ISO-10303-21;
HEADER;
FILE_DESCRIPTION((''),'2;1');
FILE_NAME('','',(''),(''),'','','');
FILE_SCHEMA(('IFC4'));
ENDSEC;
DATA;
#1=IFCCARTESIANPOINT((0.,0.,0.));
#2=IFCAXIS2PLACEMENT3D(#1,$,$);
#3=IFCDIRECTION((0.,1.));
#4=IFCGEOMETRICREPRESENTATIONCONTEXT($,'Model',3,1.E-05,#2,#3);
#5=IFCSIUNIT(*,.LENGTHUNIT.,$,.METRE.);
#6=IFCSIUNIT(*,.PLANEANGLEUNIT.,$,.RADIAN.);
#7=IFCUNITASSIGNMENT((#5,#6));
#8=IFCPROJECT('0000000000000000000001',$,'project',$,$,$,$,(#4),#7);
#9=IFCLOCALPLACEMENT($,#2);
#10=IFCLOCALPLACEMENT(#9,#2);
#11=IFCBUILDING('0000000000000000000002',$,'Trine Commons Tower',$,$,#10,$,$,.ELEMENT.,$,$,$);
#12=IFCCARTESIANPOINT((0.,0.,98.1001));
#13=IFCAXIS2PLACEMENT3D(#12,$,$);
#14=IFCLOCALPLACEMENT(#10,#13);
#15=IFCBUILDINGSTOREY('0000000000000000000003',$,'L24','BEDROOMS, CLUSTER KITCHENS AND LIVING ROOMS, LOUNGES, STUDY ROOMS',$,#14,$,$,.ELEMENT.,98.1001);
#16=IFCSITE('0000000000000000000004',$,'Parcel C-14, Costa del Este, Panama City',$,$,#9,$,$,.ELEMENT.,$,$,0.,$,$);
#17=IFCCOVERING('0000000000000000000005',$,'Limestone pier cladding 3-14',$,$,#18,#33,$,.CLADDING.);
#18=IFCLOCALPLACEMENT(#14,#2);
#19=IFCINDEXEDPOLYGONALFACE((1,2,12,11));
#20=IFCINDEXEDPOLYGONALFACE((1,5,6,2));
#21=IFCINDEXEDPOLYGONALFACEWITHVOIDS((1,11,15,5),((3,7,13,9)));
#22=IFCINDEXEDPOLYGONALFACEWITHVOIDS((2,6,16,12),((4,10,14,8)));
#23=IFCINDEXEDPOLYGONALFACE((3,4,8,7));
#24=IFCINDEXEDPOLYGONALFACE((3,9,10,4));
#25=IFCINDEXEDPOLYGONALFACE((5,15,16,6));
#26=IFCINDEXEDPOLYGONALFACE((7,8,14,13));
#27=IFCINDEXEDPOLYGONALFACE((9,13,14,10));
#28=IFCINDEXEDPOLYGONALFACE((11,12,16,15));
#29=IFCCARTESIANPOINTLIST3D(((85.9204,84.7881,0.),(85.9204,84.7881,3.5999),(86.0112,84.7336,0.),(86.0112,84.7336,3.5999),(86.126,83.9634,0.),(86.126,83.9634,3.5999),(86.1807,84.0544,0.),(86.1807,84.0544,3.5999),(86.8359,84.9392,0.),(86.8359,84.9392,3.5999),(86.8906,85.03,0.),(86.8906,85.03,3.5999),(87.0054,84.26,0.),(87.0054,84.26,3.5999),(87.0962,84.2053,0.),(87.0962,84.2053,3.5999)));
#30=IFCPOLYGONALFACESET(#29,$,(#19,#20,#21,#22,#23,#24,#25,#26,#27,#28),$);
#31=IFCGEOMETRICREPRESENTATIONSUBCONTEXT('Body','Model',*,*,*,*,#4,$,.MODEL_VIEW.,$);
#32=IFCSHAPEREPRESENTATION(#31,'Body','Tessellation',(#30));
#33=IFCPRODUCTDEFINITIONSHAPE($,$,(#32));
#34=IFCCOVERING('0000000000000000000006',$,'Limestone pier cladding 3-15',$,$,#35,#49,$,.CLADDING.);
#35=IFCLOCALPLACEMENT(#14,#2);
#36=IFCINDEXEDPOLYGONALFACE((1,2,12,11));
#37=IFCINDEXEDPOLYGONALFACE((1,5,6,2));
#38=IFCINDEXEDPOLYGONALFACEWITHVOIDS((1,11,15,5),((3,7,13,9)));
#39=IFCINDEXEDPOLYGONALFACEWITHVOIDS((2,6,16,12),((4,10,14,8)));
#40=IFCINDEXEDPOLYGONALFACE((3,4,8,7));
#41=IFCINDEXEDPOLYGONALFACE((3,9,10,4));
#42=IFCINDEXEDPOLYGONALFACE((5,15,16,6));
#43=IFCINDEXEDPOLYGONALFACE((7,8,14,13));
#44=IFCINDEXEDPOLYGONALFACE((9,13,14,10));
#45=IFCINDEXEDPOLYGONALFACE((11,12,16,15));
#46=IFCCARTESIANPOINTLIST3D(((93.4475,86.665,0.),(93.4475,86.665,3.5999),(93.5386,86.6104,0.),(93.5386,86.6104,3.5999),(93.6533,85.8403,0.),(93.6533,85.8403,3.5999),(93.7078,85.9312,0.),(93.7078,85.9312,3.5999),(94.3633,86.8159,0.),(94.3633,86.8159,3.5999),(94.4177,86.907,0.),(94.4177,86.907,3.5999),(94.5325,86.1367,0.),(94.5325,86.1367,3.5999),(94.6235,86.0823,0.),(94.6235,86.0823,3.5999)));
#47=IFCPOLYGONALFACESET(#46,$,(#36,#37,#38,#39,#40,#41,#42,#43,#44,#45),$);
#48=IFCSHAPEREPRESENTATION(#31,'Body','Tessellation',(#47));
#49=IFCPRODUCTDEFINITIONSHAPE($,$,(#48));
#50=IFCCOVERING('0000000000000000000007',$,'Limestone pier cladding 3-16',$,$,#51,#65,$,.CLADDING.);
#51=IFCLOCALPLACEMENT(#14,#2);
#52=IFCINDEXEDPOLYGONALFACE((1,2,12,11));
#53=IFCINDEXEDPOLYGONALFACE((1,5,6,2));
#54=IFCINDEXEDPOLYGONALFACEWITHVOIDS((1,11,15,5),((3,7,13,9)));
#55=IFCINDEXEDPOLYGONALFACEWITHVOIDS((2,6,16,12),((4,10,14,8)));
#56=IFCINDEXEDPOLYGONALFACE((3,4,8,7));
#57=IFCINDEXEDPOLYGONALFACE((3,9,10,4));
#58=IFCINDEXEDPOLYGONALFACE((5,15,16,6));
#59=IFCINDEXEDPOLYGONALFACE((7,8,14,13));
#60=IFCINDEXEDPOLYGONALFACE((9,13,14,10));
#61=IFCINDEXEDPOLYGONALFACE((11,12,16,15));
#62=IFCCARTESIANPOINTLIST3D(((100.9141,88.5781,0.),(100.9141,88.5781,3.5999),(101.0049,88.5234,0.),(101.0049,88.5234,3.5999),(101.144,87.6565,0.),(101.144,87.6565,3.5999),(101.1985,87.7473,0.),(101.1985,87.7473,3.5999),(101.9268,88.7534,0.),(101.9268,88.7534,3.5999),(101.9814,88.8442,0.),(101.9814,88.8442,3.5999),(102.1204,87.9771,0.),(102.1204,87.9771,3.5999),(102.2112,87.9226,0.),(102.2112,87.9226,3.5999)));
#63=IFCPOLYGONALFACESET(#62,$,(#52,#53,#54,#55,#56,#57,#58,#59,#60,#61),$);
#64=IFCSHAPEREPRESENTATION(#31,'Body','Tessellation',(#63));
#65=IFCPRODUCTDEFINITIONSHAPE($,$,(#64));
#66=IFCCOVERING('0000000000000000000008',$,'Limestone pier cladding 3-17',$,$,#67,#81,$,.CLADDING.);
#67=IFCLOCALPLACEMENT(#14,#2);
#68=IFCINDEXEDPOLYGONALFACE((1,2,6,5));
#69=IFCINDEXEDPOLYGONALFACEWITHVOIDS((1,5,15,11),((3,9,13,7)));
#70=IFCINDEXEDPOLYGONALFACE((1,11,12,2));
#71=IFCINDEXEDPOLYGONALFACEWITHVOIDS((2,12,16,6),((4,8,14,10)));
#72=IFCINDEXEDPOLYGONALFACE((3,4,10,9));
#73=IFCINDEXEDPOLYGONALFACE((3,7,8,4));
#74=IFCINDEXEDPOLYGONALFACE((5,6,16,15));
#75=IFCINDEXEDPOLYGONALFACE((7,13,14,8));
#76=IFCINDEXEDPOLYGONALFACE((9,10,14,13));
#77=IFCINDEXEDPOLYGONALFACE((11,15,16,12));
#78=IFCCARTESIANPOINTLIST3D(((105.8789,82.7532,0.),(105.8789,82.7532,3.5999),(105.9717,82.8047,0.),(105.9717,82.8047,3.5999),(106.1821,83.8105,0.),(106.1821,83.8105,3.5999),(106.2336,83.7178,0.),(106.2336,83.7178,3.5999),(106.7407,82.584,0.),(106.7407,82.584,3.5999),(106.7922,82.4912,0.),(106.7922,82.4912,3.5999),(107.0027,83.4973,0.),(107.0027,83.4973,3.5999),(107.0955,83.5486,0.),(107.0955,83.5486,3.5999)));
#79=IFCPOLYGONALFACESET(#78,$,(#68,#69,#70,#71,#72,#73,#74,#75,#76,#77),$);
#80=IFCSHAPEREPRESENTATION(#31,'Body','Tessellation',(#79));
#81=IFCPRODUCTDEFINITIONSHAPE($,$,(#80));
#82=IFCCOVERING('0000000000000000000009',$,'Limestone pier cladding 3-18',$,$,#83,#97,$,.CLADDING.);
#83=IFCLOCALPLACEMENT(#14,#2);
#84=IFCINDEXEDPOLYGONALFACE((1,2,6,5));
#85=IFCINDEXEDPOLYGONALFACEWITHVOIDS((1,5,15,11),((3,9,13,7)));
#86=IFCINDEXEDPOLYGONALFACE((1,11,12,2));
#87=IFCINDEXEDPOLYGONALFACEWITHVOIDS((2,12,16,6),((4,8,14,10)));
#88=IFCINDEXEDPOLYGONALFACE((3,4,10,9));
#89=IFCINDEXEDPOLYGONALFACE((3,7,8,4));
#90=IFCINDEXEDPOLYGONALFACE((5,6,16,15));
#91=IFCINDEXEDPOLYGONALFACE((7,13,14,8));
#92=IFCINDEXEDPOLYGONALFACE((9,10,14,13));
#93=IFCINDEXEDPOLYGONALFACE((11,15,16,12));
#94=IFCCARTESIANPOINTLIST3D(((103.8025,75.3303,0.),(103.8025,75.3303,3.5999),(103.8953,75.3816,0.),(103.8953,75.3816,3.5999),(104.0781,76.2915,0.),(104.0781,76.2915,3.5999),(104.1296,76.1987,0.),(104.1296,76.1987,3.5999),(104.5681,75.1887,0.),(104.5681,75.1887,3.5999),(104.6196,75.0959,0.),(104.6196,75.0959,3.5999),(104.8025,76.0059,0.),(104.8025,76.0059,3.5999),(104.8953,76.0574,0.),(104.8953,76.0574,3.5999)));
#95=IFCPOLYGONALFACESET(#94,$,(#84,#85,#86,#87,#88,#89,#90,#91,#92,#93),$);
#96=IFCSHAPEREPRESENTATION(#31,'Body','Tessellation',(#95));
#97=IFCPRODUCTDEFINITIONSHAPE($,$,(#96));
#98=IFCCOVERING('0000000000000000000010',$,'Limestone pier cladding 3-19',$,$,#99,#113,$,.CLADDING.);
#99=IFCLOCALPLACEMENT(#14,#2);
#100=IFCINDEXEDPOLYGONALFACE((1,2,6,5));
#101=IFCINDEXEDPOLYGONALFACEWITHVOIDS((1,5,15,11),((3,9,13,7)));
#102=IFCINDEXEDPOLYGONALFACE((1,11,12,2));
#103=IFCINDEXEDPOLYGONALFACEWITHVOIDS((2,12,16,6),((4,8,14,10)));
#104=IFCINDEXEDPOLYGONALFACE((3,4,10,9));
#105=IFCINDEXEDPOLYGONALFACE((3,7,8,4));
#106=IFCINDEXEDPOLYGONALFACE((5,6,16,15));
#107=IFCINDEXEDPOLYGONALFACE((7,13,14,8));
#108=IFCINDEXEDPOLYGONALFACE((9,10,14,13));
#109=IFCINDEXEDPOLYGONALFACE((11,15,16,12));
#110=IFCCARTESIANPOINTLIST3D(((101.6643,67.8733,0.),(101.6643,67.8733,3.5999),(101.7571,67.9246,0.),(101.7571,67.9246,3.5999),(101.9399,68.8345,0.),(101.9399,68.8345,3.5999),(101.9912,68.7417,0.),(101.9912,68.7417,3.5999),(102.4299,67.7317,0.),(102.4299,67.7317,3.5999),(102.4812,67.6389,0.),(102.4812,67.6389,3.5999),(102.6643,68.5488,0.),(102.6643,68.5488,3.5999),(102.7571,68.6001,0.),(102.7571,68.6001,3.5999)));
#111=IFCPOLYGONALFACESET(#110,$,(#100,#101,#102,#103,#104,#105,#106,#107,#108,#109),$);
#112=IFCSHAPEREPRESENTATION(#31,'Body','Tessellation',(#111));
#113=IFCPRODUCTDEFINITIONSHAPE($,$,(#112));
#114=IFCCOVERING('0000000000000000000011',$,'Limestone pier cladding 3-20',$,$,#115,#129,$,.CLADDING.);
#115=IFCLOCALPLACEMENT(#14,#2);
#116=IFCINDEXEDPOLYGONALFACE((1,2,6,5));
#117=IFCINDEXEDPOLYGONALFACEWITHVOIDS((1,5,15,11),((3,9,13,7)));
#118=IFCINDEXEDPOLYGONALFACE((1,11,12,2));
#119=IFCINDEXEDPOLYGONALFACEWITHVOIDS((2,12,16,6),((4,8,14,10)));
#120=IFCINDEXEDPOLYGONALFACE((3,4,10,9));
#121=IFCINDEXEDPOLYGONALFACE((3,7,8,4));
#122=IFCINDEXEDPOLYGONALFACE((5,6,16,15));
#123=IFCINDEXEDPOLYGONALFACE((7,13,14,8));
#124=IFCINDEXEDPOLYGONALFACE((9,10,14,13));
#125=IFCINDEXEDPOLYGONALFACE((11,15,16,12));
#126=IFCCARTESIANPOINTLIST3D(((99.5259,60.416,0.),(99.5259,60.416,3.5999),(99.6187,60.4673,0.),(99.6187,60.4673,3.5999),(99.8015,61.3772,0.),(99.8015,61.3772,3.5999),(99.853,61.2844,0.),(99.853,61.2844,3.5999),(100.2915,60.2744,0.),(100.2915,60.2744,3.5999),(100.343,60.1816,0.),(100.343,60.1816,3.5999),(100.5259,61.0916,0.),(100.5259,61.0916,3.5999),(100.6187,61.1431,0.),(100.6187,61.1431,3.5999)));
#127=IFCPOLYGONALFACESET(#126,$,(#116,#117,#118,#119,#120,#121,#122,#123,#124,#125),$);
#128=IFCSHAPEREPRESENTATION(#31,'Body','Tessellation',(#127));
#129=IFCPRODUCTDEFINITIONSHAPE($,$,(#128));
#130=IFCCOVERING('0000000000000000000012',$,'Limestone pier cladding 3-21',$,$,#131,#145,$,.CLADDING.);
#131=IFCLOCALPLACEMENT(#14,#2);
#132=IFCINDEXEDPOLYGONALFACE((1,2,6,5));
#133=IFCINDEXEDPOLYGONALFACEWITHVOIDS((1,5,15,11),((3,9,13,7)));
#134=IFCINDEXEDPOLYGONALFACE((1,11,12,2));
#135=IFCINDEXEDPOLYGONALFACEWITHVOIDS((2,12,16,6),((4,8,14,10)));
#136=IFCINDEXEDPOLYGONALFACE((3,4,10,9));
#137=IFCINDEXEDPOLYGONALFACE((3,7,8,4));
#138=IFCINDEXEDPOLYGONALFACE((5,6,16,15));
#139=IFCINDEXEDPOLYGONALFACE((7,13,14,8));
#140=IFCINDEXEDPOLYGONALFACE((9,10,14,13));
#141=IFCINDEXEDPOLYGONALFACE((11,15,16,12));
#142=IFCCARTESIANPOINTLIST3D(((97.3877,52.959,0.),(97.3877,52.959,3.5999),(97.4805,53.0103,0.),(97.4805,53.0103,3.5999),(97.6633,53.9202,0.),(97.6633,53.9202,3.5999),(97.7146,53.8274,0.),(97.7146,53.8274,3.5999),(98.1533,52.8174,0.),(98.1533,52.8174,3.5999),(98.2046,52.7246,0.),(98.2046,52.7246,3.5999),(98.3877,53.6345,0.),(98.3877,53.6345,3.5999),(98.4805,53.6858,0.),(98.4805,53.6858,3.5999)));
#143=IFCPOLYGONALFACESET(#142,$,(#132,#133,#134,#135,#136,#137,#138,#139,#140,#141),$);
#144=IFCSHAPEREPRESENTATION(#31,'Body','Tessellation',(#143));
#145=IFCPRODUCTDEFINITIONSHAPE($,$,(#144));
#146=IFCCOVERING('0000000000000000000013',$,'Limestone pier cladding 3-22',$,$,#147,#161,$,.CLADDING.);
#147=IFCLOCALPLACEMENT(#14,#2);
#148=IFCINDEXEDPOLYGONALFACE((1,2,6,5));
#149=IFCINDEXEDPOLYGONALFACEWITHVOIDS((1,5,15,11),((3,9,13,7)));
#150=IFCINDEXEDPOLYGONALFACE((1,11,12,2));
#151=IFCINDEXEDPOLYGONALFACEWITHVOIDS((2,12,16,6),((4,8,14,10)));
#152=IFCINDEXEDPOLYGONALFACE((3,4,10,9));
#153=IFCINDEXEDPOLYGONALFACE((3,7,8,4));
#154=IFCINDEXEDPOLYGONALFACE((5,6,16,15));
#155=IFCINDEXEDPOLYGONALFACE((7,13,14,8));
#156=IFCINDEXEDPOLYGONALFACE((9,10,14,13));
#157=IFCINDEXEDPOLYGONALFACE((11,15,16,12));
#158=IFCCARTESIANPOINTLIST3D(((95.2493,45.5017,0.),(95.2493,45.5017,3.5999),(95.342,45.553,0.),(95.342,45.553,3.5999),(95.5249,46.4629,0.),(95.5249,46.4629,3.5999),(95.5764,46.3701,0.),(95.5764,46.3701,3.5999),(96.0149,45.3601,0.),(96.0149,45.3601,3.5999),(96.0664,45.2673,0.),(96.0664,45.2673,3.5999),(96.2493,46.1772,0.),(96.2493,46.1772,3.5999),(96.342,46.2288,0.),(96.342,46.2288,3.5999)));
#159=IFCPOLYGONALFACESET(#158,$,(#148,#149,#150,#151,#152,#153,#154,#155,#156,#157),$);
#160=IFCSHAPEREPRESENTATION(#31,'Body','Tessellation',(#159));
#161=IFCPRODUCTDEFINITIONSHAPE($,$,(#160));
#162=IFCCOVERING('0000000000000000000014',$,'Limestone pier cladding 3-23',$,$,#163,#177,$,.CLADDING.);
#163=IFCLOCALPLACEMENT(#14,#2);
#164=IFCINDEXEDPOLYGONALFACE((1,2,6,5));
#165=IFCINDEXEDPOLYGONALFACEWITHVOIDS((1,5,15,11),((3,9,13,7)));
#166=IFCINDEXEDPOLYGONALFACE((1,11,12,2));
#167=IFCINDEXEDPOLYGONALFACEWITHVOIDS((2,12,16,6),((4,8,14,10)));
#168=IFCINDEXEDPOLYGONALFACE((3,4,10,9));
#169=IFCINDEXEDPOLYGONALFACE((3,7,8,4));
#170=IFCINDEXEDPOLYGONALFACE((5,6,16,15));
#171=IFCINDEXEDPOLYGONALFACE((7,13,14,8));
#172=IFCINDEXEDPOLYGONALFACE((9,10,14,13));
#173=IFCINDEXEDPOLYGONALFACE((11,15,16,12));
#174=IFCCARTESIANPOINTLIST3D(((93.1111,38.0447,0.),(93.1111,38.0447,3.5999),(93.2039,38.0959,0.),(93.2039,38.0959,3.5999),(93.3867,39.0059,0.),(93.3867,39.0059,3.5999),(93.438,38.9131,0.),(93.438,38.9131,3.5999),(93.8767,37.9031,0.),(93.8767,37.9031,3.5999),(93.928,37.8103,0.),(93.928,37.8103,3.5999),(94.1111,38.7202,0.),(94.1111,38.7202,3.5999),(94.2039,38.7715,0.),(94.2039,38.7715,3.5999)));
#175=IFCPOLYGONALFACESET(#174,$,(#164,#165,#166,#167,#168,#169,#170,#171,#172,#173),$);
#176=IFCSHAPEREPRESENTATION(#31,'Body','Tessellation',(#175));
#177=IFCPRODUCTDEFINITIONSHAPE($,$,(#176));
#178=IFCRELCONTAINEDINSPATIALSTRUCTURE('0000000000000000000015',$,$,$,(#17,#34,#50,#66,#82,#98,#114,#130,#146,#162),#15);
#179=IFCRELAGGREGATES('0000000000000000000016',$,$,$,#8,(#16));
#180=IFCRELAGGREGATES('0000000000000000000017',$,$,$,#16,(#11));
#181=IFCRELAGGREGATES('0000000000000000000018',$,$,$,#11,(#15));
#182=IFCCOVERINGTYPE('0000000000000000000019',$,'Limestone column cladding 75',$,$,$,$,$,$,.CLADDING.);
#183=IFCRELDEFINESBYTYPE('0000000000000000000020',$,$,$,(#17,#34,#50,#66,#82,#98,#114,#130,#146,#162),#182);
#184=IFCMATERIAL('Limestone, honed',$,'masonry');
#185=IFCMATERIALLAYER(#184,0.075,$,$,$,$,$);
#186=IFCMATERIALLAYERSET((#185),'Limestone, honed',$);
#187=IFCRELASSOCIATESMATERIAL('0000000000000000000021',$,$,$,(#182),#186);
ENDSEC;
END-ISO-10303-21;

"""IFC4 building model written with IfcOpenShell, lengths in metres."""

from ifc_helpers import new_model, si_unit, direction, frame, origin, place, context, subcontext, project, spatial, polyline, outline, extrude, material, layer, layer_set, type_object, element, save


model = new_model("IFC4")

# Units and contexts
model_context = context("Model", 3, precision=1e-05, world=origin(), true_north=direction((0.0, 1.0)))
body_context = subcontext(model_context, "Body", "Model", "MODEL_VIEW")
ifc_project = project(units=[si_unit("LENGTHUNIT", "METRE"), si_unit("PLANEANGLEUNIT", "RADIAN")], contexts=[model_context])

# Site, building, storey
site_placement = place(None, origin())
site = spatial("IfcSite", under=ifc_project, at=site_placement, Name="Parcel C-14, Costa del Este, Panama City", CompositionType="ELEMENT", RefElevation=0.0)
building_placement = place(site_placement, origin())
building = spatial("IfcBuilding", under=site, at=building_placement, Name="Trine Commons Tower", CompositionType="ELEMENT")
storey_placement = place(building_placement, frame((0.0, 0.0, 98.1001)))
storey = spatial("IfcBuildingStorey", under=building, at=storey_placement, Name="L24", Description="BEDROOMS, CLUSTER KITCHENS AND LIVING ROOMS, LOUNGES, STUDY ROOMS", CompositionType="ELEMENT", Elevation=98.1001)

# Coverings
ifc_material_1 = material(Name="Limestone, honed", Category="masonry")
ifc_layer_1 = layer(ifc_material_1, 0.075)
ifc_layer_set_1 = layer_set([ifc_layer_1], Name="Limestone, honed")
covering_type_1 = type_object("IfcCoveringType", Name="Limestone column cladding 75", PredefinedType="CLADDING", material=ifc_layer_set_1)
covering_1_placement = place(storey_placement, origin())
element("IfcCovering", 1, at=covering_1_placement, inside=storey, type_object=covering_type_1, Name="Limestone pier cladding 3-14", PredefinedType="CLADDING", context=body_context, shape_type="SweptSolid", body=[
    extrude(outline(polyline([(87.0962, 84.2053), (86.8906, 85.03), (85.9204, 84.7881), (86.126, 83.9634), (87.0962, 84.2053)]), holes=[polyline([(87.0054, 84.26), (86.8359, 84.9392), (86.0112, 84.7336), (86.1807, 84.0544), (87.0054, 84.26)])]), origin(), (0.0, 0.0, 1.0), 3.5999),
])
covering_2_placement = place(storey_placement, origin())
element("IfcCovering", 2, at=covering_2_placement, inside=storey, type_object=covering_type_1, Name="Limestone pier cladding 3-15", PredefinedType="CLADDING", context=body_context, shape_type="SweptSolid", body=[
    extrude(outline(polyline([(94.6235, 86.0823), (94.4177, 86.907), (93.4475, 86.665), (93.6533, 85.8403), (94.6235, 86.0823)]), holes=[polyline([(94.5325, 86.1367), (94.3633, 86.8159), (93.5386, 86.6104), (93.7078, 85.9312), (94.5325, 86.1367)])]), origin(), (0.0, 0.0, 1.0), 3.5999),
])
covering_3_placement = place(storey_placement, origin())
element("IfcCovering", 3, at=covering_3_placement, inside=storey, type_object=covering_type_1, Name="Limestone pier cladding 3-16", PredefinedType="CLADDING", context=body_context, shape_type="SweptSolid", body=[
    extrude(outline(polyline([(102.2112, 87.9226), (101.9814, 88.8442), (100.9141, 88.5781), (101.144, 87.6565), (102.2112, 87.9226)]), holes=[polyline([(102.1204, 87.9771), (101.9268, 88.7534), (101.0049, 88.5234), (101.1985, 87.7473), (102.1204, 87.9771)])]), origin(), (0.0, 0.0, 1.0), 3.5999),
])
covering_4_placement = place(storey_placement, origin())
element("IfcCovering", 4, at=covering_4_placement, inside=storey, type_object=covering_type_1, Name="Limestone pier cladding 3-17", PredefinedType="CLADDING", context=body_context, shape_type="SweptSolid", body=[
    extrude(outline(polyline([(107.0955, 83.5486), (106.1821, 83.8105), (105.8789, 82.7532), (106.7922, 82.4912), (107.0955, 83.5486)]), holes=[polyline([(107.0027, 83.4973), (106.2336, 83.7178), (105.9717, 82.8047), (106.7407, 82.584), (107.0027, 83.4973)])]), origin(), (0.0, 0.0, 1.0), 3.5999),
])
covering_5_placement = place(storey_placement, origin())
element("IfcCovering", 5, at=covering_5_placement, inside=storey, type_object=covering_type_1, Name="Limestone pier cladding 3-18", PredefinedType="CLADDING", context=body_context, shape_type="SweptSolid", body=[
    extrude(outline(polyline([(104.8953, 76.0574), (104.0781, 76.2915), (103.8025, 75.3303), (104.6196, 75.0959), (104.8953, 76.0574)]), holes=[polyline([(104.8025, 76.0059), (104.1296, 76.1987), (103.8953, 75.3816), (104.5681, 75.1887), (104.8025, 76.0059)])]), origin(), (0.0, 0.0, 1.0), 3.5999),
])
covering_6_placement = place(storey_placement, origin())
element("IfcCovering", 6, at=covering_6_placement, inside=storey, type_object=covering_type_1, Name="Limestone pier cladding 3-19", PredefinedType="CLADDING", context=body_context, shape_type="SweptSolid", body=[
    extrude(outline(polyline([(102.7571, 68.6001), (101.9399, 68.8345), (101.6643, 67.8733), (102.4812, 67.6389), (102.7571, 68.6001)]), holes=[polyline([(102.6643, 68.5488), (101.9912, 68.7417), (101.7571, 67.9246), (102.4299, 67.7317), (102.6643, 68.5488)])]), origin(), (0.0, 0.0, 1.0), 3.5999),
])
covering_7_placement = place(storey_placement, origin())
element("IfcCovering", 7, at=covering_7_placement, inside=storey, type_object=covering_type_1, Name="Limestone pier cladding 3-20", PredefinedType="CLADDING", context=body_context, shape_type="SweptSolid", body=[
    extrude(outline(polyline([(100.6187, 61.1431), (99.8015, 61.3772), (99.5259, 60.416), (100.343, 60.1816), (100.6187, 61.1431)]), holes=[polyline([(100.5259, 61.0916), (99.853, 61.2844), (99.6187, 60.4673), (100.2915, 60.2744), (100.5259, 61.0916)])]), origin(), (0.0, 0.0, 1.0), 3.5999),
])
covering_8_placement = place(storey_placement, origin())
element("IfcCovering", 8, at=covering_8_placement, inside=storey, type_object=covering_type_1, Name="Limestone pier cladding 3-21", PredefinedType="CLADDING", context=body_context, shape_type="SweptSolid", body=[
    extrude(outline(polyline([(98.4805, 53.6858), (97.6633, 53.9202), (97.3877, 52.959), (98.2046, 52.7246), (98.4805, 53.6858)]), holes=[polyline([(98.3877, 53.6345), (97.7146, 53.8274), (97.4805, 53.0103), (98.1533, 52.8174), (98.3877, 53.6345)])]), origin(), (0.0, 0.0, 1.0), 3.5999),
])
covering_9_placement = place(storey_placement, origin())
element("IfcCovering", 9, at=covering_9_placement, inside=storey, type_object=covering_type_1, Name="Limestone pier cladding 3-22", PredefinedType="CLADDING", context=body_context, shape_type="SweptSolid", body=[
    extrude(outline(polyline([(96.342, 46.2288), (95.5249, 46.4629), (95.2493, 45.5017), (96.0664, 45.2673), (96.342, 46.2288)]), holes=[polyline([(96.2493, 46.1772), (95.5764, 46.3701), (95.342, 45.553), (96.0149, 45.3601), (96.2493, 46.1772)])]), origin(), (0.0, 0.0, 1.0), 3.5999),
])
covering_10_placement = place(storey_placement, origin())
element("IfcCovering", 10, at=covering_10_placement, inside=storey, type_object=covering_type_1, Name="Limestone pier cladding 3-23", PredefinedType="CLADDING", context=body_context, shape_type="SweptSolid", body=[
    extrude(outline(polyline([(94.2039, 38.7715), (93.3867, 39.0059), (93.1111, 38.0447), (93.928, 37.8103), (94.2039, 38.7715)]), holes=[polyline([(94.1111, 38.7202), (93.438, 38.9131), (93.2039, 38.0959), (93.8767, 37.9031), (94.1111, 38.7202)])]), origin(), (0.0, 0.0, 1.0), 3.5999),
])

save(model, "model.ifc")
